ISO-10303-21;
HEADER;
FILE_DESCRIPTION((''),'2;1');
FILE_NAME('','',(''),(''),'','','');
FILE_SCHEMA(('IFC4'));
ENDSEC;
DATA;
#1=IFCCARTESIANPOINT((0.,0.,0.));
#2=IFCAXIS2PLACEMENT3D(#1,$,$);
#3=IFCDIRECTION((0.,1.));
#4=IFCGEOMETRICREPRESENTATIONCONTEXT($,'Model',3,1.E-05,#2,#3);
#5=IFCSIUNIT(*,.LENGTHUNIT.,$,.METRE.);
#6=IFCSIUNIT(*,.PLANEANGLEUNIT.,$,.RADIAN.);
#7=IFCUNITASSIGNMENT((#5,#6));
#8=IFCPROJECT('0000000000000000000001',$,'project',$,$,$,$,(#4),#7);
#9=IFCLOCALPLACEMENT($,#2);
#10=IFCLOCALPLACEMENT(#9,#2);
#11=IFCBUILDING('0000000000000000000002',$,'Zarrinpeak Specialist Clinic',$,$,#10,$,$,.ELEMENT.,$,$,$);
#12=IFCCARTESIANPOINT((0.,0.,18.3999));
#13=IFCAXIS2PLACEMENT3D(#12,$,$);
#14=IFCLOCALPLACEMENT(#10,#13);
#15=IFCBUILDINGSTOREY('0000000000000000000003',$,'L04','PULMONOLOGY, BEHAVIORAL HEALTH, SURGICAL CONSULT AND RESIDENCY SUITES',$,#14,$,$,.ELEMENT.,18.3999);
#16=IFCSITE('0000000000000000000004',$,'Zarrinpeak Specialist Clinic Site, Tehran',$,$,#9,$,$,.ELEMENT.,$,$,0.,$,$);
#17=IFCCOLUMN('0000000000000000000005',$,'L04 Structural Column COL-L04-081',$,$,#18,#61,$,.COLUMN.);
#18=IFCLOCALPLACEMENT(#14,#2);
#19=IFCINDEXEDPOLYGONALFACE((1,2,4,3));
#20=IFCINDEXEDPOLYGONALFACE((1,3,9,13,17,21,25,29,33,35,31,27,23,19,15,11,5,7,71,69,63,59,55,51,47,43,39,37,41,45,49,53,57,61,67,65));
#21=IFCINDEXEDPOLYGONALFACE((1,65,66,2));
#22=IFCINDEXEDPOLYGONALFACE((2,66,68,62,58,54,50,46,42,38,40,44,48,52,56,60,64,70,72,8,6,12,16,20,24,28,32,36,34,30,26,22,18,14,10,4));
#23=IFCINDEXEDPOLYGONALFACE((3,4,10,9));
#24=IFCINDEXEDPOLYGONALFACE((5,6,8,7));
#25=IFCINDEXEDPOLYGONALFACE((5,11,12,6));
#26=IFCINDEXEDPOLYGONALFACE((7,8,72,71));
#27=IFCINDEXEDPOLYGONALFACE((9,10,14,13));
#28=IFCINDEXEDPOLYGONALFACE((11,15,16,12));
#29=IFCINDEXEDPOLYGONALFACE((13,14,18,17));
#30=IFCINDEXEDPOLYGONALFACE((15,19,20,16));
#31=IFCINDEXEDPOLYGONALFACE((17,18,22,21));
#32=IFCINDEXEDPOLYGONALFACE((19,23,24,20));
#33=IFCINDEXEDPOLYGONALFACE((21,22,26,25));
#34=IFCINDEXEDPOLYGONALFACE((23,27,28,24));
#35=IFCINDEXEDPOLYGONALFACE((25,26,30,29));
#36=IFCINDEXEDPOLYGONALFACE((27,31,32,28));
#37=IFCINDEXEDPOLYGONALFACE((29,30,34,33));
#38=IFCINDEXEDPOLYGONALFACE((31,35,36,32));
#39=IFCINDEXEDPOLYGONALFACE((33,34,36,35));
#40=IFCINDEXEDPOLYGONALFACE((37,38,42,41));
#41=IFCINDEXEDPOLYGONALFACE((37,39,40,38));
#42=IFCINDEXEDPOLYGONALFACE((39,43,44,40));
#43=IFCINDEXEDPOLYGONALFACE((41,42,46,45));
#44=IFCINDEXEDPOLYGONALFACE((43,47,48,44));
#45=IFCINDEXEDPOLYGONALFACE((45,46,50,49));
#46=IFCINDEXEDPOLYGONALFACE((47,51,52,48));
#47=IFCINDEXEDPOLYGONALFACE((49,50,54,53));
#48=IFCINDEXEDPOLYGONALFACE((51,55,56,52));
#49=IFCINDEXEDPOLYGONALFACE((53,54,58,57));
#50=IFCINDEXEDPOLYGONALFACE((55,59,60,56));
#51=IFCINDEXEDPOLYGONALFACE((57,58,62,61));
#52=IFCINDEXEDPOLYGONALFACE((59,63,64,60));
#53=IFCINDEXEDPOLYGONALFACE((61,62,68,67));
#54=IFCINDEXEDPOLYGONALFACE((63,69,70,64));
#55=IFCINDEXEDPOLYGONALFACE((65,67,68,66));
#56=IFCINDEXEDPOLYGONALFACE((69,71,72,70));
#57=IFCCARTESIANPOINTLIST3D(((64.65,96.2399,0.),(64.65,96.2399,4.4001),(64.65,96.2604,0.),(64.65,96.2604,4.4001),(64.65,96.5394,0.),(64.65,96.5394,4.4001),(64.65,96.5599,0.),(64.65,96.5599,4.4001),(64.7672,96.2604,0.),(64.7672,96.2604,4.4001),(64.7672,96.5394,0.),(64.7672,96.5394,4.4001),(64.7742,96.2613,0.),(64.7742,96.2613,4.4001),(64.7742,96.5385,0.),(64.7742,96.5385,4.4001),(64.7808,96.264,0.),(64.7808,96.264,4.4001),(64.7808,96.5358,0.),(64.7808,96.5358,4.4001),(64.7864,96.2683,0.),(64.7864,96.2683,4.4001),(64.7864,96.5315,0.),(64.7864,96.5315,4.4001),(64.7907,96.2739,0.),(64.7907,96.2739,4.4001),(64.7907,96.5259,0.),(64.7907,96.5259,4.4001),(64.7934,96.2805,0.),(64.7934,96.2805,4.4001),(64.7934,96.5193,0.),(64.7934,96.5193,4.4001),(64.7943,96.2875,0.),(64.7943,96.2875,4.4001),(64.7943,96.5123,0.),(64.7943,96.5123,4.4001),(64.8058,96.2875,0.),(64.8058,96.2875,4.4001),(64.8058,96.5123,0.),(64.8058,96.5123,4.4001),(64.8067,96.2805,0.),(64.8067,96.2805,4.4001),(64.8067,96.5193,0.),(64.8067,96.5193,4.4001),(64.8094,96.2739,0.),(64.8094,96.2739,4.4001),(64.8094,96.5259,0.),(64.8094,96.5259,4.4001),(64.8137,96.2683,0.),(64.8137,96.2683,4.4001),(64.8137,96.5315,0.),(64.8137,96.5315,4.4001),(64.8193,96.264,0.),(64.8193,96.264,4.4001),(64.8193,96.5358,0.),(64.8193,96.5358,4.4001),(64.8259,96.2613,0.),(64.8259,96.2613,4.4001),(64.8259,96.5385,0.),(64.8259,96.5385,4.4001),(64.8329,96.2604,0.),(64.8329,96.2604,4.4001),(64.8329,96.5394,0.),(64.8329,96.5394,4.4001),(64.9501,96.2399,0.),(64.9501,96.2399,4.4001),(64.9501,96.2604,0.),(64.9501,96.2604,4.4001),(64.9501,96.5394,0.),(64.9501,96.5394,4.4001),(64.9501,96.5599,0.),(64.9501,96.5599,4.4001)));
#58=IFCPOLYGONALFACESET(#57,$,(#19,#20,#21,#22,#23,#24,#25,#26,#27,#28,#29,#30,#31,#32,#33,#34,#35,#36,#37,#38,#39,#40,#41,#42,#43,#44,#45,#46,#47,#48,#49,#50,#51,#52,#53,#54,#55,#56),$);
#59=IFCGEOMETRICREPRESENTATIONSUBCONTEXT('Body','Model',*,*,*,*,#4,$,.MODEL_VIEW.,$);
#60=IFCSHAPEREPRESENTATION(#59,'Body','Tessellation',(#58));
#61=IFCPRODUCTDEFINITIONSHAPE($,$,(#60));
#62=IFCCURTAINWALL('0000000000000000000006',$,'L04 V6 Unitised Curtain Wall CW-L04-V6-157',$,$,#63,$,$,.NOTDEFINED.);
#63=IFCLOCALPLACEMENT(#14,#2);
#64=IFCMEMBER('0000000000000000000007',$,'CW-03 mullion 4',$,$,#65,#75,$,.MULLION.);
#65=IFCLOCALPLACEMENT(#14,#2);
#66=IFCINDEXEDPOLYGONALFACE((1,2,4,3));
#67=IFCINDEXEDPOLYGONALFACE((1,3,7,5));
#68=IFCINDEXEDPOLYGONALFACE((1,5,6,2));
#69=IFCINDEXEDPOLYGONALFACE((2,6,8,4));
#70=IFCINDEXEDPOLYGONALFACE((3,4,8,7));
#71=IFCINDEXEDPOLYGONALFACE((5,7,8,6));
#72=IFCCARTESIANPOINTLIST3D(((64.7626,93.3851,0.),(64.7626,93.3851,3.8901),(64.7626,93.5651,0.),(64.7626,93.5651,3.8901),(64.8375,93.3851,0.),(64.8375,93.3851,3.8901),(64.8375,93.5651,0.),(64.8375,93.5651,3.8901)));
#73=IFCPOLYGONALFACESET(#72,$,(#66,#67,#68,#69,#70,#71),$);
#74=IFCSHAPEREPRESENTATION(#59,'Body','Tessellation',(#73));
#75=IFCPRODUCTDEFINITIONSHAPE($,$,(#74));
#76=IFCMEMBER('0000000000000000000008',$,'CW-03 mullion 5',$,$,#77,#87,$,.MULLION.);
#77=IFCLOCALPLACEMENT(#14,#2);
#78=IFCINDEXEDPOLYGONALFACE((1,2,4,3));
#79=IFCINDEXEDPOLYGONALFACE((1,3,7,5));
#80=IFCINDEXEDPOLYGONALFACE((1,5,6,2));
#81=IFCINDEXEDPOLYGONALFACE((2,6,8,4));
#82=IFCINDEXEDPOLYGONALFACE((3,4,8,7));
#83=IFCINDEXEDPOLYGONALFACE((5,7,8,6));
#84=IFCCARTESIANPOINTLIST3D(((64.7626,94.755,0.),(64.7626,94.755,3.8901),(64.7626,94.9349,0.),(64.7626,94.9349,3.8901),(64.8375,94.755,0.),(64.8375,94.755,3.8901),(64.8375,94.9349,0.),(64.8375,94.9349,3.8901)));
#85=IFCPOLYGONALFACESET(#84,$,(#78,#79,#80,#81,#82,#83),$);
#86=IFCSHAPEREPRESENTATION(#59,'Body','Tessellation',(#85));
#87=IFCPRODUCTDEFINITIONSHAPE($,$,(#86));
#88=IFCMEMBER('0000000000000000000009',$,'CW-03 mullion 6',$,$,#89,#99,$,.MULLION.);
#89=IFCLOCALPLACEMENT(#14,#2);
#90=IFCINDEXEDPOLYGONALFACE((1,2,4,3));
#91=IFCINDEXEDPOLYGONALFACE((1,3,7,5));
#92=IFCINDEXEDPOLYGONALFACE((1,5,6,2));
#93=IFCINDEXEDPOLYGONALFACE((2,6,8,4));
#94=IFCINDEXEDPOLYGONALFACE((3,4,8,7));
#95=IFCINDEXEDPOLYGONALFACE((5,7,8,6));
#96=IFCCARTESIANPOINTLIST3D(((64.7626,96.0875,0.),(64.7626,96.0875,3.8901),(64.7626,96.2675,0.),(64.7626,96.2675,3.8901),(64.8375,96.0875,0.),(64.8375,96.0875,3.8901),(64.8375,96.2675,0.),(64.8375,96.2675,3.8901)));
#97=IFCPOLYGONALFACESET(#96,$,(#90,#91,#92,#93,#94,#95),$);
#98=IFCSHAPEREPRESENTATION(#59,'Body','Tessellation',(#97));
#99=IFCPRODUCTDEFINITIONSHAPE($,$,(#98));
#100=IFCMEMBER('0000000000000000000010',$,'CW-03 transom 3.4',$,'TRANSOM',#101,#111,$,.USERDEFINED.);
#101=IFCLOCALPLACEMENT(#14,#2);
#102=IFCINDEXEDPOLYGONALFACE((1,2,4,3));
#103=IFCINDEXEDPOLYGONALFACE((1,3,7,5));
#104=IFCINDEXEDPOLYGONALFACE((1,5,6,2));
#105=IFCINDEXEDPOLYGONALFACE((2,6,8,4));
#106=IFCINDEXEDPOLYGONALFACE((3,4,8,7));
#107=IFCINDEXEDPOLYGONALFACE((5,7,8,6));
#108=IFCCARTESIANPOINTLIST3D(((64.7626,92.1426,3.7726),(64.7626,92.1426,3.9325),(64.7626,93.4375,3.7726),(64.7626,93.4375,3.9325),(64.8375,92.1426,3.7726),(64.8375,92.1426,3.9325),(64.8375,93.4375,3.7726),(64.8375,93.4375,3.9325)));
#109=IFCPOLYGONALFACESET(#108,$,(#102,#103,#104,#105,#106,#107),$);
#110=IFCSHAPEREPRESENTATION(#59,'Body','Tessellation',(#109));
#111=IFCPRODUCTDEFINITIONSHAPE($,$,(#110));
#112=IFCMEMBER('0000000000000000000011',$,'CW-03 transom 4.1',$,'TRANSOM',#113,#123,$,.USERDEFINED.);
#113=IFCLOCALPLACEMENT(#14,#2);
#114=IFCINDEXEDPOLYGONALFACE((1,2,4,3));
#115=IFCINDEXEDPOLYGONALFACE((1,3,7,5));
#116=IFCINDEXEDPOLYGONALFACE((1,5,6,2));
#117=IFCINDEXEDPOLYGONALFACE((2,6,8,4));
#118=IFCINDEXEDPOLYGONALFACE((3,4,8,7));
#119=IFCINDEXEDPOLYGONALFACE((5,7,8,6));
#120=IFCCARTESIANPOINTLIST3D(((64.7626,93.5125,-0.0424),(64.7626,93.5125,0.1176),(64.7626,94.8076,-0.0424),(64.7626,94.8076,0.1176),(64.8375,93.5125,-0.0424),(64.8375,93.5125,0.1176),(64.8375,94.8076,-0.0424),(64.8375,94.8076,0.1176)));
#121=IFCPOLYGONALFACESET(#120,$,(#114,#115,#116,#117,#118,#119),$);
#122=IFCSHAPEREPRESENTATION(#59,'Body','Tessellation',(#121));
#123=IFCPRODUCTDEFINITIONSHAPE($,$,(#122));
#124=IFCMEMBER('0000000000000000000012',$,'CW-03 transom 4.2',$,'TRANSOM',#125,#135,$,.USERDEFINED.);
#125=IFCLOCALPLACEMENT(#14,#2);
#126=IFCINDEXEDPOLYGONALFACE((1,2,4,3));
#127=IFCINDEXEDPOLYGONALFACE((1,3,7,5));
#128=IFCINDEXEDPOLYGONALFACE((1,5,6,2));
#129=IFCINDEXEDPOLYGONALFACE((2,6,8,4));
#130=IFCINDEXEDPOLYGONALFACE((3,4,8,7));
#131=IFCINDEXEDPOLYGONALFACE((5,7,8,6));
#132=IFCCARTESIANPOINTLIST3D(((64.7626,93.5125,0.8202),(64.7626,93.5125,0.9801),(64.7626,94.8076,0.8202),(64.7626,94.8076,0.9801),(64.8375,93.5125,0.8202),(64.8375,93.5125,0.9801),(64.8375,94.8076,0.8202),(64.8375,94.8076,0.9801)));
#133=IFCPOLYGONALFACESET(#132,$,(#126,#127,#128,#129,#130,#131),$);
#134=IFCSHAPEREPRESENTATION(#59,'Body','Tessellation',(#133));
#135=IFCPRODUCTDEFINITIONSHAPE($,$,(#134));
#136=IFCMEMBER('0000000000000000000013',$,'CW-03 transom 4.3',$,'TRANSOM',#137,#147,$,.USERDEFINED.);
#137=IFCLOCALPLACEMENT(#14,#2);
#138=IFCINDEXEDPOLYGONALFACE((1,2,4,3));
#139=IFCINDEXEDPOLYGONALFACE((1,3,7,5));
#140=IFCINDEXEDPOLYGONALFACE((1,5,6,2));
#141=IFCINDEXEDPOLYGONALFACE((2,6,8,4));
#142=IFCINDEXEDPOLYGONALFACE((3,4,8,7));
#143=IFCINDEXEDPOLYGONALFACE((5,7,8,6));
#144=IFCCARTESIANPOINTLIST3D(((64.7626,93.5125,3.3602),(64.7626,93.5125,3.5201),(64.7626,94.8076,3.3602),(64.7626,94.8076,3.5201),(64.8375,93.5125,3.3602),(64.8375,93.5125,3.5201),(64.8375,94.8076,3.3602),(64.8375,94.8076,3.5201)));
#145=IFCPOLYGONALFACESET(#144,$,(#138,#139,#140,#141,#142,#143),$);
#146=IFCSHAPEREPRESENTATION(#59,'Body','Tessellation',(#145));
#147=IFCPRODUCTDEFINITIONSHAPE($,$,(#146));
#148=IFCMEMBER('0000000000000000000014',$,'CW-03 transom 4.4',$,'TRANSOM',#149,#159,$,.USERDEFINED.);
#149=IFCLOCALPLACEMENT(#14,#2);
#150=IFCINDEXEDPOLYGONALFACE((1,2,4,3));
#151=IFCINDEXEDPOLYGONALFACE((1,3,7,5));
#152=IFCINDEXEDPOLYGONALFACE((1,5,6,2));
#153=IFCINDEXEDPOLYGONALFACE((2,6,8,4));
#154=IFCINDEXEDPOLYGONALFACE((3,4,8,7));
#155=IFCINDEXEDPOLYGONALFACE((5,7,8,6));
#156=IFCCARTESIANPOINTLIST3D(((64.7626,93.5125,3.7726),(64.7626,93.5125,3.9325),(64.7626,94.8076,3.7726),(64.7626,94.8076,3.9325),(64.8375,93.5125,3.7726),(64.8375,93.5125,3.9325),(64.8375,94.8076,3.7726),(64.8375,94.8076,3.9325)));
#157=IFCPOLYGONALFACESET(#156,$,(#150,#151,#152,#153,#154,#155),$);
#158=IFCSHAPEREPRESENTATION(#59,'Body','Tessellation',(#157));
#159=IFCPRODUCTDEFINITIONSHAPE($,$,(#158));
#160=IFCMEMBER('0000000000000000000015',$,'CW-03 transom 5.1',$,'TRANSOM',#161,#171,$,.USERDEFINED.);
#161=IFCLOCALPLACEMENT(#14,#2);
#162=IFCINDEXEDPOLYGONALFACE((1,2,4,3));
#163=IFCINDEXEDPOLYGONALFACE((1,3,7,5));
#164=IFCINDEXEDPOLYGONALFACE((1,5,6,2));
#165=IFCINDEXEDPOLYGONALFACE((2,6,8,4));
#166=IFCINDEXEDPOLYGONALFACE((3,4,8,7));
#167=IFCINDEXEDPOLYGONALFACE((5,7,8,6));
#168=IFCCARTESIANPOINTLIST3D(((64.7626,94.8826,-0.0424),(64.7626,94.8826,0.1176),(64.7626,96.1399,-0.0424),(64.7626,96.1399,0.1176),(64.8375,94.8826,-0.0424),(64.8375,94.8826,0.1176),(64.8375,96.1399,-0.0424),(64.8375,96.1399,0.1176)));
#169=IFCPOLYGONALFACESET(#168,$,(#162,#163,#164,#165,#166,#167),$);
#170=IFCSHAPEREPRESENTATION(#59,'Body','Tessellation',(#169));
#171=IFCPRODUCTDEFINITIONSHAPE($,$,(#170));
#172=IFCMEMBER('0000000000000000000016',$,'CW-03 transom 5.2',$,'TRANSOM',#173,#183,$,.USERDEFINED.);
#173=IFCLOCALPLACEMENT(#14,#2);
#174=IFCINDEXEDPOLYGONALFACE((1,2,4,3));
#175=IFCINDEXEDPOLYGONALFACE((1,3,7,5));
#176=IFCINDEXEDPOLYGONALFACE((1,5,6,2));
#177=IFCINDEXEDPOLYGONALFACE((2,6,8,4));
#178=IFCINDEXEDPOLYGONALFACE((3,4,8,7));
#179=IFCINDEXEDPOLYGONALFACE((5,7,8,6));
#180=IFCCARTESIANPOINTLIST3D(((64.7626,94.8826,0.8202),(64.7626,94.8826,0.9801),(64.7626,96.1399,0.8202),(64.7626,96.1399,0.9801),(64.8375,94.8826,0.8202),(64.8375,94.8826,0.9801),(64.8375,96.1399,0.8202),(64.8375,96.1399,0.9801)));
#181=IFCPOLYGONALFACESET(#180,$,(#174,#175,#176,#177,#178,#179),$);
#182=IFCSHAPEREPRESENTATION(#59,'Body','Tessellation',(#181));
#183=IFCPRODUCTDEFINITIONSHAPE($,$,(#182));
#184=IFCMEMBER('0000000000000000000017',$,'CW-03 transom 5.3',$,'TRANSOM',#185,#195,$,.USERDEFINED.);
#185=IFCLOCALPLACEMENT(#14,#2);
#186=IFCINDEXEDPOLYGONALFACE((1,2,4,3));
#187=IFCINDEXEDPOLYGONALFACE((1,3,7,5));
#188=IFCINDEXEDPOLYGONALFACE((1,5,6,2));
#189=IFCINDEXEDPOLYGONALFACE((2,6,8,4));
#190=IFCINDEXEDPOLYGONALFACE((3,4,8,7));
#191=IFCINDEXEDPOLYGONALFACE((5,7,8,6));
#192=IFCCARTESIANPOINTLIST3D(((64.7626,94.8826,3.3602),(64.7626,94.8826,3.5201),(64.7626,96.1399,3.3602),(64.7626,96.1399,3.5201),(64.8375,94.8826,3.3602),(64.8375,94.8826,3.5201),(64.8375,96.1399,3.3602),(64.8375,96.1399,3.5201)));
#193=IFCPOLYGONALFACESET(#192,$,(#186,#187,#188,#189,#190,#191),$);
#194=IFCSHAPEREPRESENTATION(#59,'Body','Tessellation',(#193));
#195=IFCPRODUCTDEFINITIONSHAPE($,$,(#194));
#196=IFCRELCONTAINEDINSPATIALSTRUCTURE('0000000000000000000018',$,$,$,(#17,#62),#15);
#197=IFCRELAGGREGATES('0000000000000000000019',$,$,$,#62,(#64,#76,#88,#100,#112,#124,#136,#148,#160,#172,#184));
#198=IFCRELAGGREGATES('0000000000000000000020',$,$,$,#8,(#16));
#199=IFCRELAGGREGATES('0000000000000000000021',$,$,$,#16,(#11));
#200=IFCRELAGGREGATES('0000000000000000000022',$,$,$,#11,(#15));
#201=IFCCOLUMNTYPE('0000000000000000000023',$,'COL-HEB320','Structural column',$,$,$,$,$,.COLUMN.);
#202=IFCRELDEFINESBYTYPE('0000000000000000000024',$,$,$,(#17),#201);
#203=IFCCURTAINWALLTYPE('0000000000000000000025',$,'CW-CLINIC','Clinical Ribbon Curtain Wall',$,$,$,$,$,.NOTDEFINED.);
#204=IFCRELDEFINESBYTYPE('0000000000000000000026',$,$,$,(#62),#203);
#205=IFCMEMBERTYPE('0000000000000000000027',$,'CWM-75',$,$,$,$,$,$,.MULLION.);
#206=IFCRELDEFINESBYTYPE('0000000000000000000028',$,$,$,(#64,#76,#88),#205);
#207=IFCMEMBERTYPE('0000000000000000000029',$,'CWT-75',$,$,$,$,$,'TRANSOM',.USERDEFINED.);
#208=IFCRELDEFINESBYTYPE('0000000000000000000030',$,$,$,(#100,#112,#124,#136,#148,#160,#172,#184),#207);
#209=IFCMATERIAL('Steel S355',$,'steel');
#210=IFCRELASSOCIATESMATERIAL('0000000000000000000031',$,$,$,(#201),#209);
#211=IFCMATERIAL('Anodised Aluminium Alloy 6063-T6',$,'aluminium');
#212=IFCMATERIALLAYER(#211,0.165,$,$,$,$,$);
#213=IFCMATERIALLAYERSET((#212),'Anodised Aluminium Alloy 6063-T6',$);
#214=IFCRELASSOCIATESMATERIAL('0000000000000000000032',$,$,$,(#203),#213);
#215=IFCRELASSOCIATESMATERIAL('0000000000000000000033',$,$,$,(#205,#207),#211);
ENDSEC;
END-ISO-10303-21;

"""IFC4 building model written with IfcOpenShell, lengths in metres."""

from ifc_helpers import new_model, si_unit, direction, frame, origin, origin_2d, place, context, subcontext, project, spatial, rectangle, i_section, extrude, material, layer, layer_set, material_profile, profile_set, type_object, element, aggregate, save


model = new_model("IFC4")

# Units and contexts
model_context = context("Model", 3, precision=1e-05, world=origin(), true_north=direction((0.0, 1.0)))
body_context = subcontext(model_context, "Body", "Model", "MODEL_VIEW")
ifc_project = project(units=[si_unit("LENGTHUNIT", "METRE"), si_unit("PLANEANGLEUNIT", "RADIAN")], contexts=[model_context])

# Site, building, storey
site_placement = place(None, origin())
site = spatial("IfcSite", under=ifc_project, at=site_placement, Name="Zarrinpeak Specialist Clinic Site, Tehran", CompositionType="ELEMENT", RefElevation=0.0)
building_placement = place(site_placement, origin())
building = spatial("IfcBuilding", under=site, at=building_placement, Name="Zarrinpeak Specialist Clinic", CompositionType="ELEMENT")
storey_placement = place(building_placement, frame((0.0, 0.0, 18.3999)))
storey = spatial("IfcBuildingStorey", under=building, at=storey_placement, Name="L04", Description="PULMONOLOGY, BEHAVIORAL HEALTH, SURGICAL CONSULT AND RESIDENCY SUITES", CompositionType="ELEMENT", Elevation=18.3999)

# Column
ifc_material_1 = material(Name="Steel S355", Category="steel")
ifc_material_profile_1 = material_profile(ifc_material_1, i_section(OverallWidth=0.3, OverallDepth=0.3201, WebThickness=0.0115, FlangeThickness=0.0205, FilletRadius=0.0271, at=origin_2d()), Name="HEB 320")
ifc_profile_set_1 = profile_set([ifc_material_profile_1], Name="Steel S355")
column_type = type_object("IfcColumnType", Name="COL-HEB320", Description="Structural column", PredefinedType="COLUMN", material=ifc_profile_set_1)
column_placement = place(storey_placement, frame((64.8, 96.3999, 0.0), z_axis=(0.0, 0.0, 1.0), x_axis=(1.0, 0.0, 0.0)))
element("IfcColumn", 1, at=column_placement, inside=storey, type_object=column_type, Name="L04 Structural Column COL-L04-081", PredefinedType="COLUMN", context=body_context, shape_type="SweptSolid", body=[
    extrude(i_section(OverallWidth=0.3, OverallDepth=0.3201, WebThickness=0.0115, FlangeThickness=0.0205, FilletRadius=0.0271, at=origin_2d()), origin(), (0.0, 0.0, 1.0), 4.4001),
])

# Curtain wall, members
ifc_material_2 = material(Name="Anodised Aluminium Alloy 6063-T6", Category="aluminium")
ifc_layer_1 = layer(ifc_material_2, 0.165)
ifc_layer_set_1 = layer_set([ifc_layer_1], Name="Anodised Aluminium Alloy 6063-T6")
curtain_wall_type = type_object("IfcCurtainWallType", Name="CW-CLINIC", Description="Clinical Ribbon Curtain Wall", PredefinedType="NOTDEFINED", material=ifc_layer_set_1)
curtain_wall_placement = place(storey_placement, origin())
curtain_wall = element("IfcCurtainWall", 2, at=curtain_wall_placement, inside=storey, type_object=curtain_wall_type, Name="L04 V6 Unitised Curtain Wall CW-L04-V6-157", PredefinedType="NOTDEFINED")
ifc_material_profile_2 = material_profile(ifc_material_2, rectangle(XDim=0.075, YDim=0.1799, at=origin_2d()), Name="ALU 75x180")
ifc_profile_set_2 = profile_set([ifc_material_profile_2], Name="Anodised Aluminium Alloy 6063-T6")
member_type_1 = type_object("IfcMemberType", Name="CWM-75", PredefinedType="MULLION", material=ifc_profile_set_2)
member_1_placement = place(storey_placement, frame((64.8, 93.4751, 0.0), z_axis=(0.0, 0.0, 1.0), x_axis=(-1.0, 0.0, 0.0)))
member_1 = element("IfcMember", 3, at=member_1_placement, type_object=member_type_1, Name="CW-03 mullion 4", PredefinedType="MULLION", context=body_context, shape_type="SweptSolid", body=[
    extrude(rectangle(XDim=0.075, YDim=0.1799, at=origin_2d()), origin(), (0.0, 0.0, 1.0), 3.8901),
])
member_2_placement = place(storey_placement, frame((64.8, 94.845, 0.0), z_axis=(0.0, 0.0, 1.0), x_axis=(-1.0, 0.0, 0.0)))
member_2 = element("IfcMember", 4, at=member_2_placement, type_object=member_type_1, Name="CW-03 mullion 5", PredefinedType="MULLION", context=body_context, shape_type="SweptSolid", body=[
    extrude(rectangle(XDim=0.075, YDim=0.1799, at=origin_2d()), origin(), (0.0, 0.0, 1.0), 3.8901),
])
member_3_placement = place(storey_placement, frame((64.8, 96.1775, 0.0), z_axis=(0.0, 0.0, 1.0), x_axis=(-1.0, 0.0, 0.0)))
member_3 = element("IfcMember", 5, at=member_3_placement, type_object=member_type_1, Name="CW-03 mullion 6", PredefinedType="MULLION", context=body_context, shape_type="SweptSolid", body=[
    extrude(rectangle(XDim=0.075, YDim=0.1799, at=origin_2d()), origin(), (0.0, 0.0, 1.0), 3.8901),
])
ifc_material_profile_3 = material_profile(ifc_material_2, rectangle(XDim=0.075, YDim=0.1599, at=origin_2d()), Name="ALU 75x160")
ifc_profile_set_3 = profile_set([ifc_material_profile_3], Name="Anodised Aluminium Alloy 6063-T6")
member_type_2 = type_object("IfcMemberType", Name="CWT-75", ElementType="TRANSOM", PredefinedType="USERDEFINED", material=ifc_profile_set_3)
member_4_placement = place(storey_placement, frame((64.8, 92.1426, 3.8525), z_axis=(0.0, 1.0, 0.0), x_axis=(-1.0, 0.0, 0.0)))
member_4 = element("IfcMember", 6, at=member_4_placement, type_object=member_type_2, Name="CW-03 transom 3.4", ObjectType="TRANSOM", PredefinedType="USERDEFINED", context=body_context, shape_type="SweptSolid", body=[
    extrude(rectangle(XDim=0.075, YDim=0.1599, at=origin_2d()), origin(), (0.0, 0.0, 1.0), 1.2949),
])
member_5_placement = place(storey_placement, frame((64.8, 93.5125, 0.0376), z_axis=(0.0, 1.0, 0.0), x_axis=(-1.0, 0.0, 0.0)))
member_5 = element("IfcMember", 7, at=member_5_placement, type_object=member_type_2, Name="CW-03 transom 4.1", ObjectType="TRANSOM", PredefinedType="USERDEFINED", context=body_context, shape_type="SweptSolid", body=[
    extrude(rectangle(XDim=0.075, YDim=0.1599, at=origin_2d()), origin(), (0.0, 0.0, 1.0), 1.2952),
])
member_6_placement = place(storey_placement, frame((64.8, 93.5125, 0.9001), z_axis=(0.0, 1.0, 0.0), x_axis=(-1.0, 0.0, 0.0)))
member_6 = element("IfcMember", 8, at=member_6_placement, type_object=member_type_2, Name="CW-03 transom 4.2", ObjectType="TRANSOM", PredefinedType="USERDEFINED", context=body_context, shape_type="SweptSolid", body=[
    extrude(rectangle(XDim=0.075, YDim=0.1599, at=origin_2d()), origin(), (0.0, 0.0, 1.0), 1.2952),
])
member_7_placement = place(storey_placement, frame((64.8, 93.5125, 3.4402), z_axis=(0.0, 1.0, 0.0), x_axis=(-1.0, 0.0, 0.0)))
member_7 = element("IfcMember", 9, at=member_7_placement, type_object=member_type_2, Name="CW-03 transom 4.3", ObjectType="TRANSOM", PredefinedType="USERDEFINED", context=body_context, shape_type="SweptSolid", body=[
    extrude(rectangle(XDim=0.075, YDim=0.1599, at=origin_2d()), origin(), (0.0, 0.0, 1.0), 1.2952),
])
member_8_placement = place(storey_placement, frame((64.8, 93.5125, 3.8525), z_axis=(0.0, 1.0, 0.0), x_axis=(-1.0, 0.0, 0.0)))
member_8 = element("IfcMember", 10, at=member_8_placement, type_object=member_type_2, Name="CW-03 transom 4.4", ObjectType="TRANSOM", PredefinedType="USERDEFINED", context=body_context, shape_type="SweptSolid", body=[
    extrude(rectangle(XDim=0.075, YDim=0.1599, at=origin_2d()), origin(), (0.0, 0.0, 1.0), 1.2952),
])
member_9_placement = place(storey_placement, frame((64.8, 94.8826, 0.0376), z_axis=(0.0, 1.0, 0.0), x_axis=(-1.0, 0.0, 0.0)))
member_9 = element("IfcMember", 11, at=member_9_placement, type_object=member_type_2, Name="CW-03 transom 5.1", ObjectType="TRANSOM", PredefinedType="USERDEFINED", context=body_context, shape_type="SweptSolid", body=[
    extrude(rectangle(XDim=0.075, YDim=0.1599, at=origin_2d()), origin(), (0.0, 0.0, 1.0), 1.2573),
])
member_10_placement = place(storey_placement, frame((64.8, 94.8826, 0.9001), z_axis=(0.0, 1.0, 0.0), x_axis=(-1.0, 0.0, 0.0)))
member_10 = element("IfcMember", 12, at=member_10_placement, type_object=member_type_2, Name="CW-03 transom 5.2", ObjectType="TRANSOM", PredefinedType="USERDEFINED", context=body_context, shape_type="SweptSolid", body=[
    extrude(rectangle(XDim=0.075, YDim=0.1599, at=origin_2d()), origin(), (0.0, 0.0, 1.0), 1.2573),
])
member_11_placement = place(storey_placement, frame((64.8, 94.8826, 3.4402), z_axis=(0.0, 1.0, 0.0), x_axis=(-1.0, 0.0, 0.0)))
member_11 = element("IfcMember", 13, at=member_11_placement, type_object=member_type_2, Name="CW-03 transom 5.3", ObjectType="TRANSOM", PredefinedType="USERDEFINED", context=body_context, shape_type="SweptSolid", body=[
    extrude(rectangle(XDim=0.075, YDim=0.1599, at=origin_2d()), origin(), (0.0, 0.0, 1.0), 1.2573),
])
aggregate(curtain_wall, [member_1, member_2, member_3, member_4, member_5, member_6, member_7, member_8, member_9, member_10, member_11])

save(model, "model.ifc")
